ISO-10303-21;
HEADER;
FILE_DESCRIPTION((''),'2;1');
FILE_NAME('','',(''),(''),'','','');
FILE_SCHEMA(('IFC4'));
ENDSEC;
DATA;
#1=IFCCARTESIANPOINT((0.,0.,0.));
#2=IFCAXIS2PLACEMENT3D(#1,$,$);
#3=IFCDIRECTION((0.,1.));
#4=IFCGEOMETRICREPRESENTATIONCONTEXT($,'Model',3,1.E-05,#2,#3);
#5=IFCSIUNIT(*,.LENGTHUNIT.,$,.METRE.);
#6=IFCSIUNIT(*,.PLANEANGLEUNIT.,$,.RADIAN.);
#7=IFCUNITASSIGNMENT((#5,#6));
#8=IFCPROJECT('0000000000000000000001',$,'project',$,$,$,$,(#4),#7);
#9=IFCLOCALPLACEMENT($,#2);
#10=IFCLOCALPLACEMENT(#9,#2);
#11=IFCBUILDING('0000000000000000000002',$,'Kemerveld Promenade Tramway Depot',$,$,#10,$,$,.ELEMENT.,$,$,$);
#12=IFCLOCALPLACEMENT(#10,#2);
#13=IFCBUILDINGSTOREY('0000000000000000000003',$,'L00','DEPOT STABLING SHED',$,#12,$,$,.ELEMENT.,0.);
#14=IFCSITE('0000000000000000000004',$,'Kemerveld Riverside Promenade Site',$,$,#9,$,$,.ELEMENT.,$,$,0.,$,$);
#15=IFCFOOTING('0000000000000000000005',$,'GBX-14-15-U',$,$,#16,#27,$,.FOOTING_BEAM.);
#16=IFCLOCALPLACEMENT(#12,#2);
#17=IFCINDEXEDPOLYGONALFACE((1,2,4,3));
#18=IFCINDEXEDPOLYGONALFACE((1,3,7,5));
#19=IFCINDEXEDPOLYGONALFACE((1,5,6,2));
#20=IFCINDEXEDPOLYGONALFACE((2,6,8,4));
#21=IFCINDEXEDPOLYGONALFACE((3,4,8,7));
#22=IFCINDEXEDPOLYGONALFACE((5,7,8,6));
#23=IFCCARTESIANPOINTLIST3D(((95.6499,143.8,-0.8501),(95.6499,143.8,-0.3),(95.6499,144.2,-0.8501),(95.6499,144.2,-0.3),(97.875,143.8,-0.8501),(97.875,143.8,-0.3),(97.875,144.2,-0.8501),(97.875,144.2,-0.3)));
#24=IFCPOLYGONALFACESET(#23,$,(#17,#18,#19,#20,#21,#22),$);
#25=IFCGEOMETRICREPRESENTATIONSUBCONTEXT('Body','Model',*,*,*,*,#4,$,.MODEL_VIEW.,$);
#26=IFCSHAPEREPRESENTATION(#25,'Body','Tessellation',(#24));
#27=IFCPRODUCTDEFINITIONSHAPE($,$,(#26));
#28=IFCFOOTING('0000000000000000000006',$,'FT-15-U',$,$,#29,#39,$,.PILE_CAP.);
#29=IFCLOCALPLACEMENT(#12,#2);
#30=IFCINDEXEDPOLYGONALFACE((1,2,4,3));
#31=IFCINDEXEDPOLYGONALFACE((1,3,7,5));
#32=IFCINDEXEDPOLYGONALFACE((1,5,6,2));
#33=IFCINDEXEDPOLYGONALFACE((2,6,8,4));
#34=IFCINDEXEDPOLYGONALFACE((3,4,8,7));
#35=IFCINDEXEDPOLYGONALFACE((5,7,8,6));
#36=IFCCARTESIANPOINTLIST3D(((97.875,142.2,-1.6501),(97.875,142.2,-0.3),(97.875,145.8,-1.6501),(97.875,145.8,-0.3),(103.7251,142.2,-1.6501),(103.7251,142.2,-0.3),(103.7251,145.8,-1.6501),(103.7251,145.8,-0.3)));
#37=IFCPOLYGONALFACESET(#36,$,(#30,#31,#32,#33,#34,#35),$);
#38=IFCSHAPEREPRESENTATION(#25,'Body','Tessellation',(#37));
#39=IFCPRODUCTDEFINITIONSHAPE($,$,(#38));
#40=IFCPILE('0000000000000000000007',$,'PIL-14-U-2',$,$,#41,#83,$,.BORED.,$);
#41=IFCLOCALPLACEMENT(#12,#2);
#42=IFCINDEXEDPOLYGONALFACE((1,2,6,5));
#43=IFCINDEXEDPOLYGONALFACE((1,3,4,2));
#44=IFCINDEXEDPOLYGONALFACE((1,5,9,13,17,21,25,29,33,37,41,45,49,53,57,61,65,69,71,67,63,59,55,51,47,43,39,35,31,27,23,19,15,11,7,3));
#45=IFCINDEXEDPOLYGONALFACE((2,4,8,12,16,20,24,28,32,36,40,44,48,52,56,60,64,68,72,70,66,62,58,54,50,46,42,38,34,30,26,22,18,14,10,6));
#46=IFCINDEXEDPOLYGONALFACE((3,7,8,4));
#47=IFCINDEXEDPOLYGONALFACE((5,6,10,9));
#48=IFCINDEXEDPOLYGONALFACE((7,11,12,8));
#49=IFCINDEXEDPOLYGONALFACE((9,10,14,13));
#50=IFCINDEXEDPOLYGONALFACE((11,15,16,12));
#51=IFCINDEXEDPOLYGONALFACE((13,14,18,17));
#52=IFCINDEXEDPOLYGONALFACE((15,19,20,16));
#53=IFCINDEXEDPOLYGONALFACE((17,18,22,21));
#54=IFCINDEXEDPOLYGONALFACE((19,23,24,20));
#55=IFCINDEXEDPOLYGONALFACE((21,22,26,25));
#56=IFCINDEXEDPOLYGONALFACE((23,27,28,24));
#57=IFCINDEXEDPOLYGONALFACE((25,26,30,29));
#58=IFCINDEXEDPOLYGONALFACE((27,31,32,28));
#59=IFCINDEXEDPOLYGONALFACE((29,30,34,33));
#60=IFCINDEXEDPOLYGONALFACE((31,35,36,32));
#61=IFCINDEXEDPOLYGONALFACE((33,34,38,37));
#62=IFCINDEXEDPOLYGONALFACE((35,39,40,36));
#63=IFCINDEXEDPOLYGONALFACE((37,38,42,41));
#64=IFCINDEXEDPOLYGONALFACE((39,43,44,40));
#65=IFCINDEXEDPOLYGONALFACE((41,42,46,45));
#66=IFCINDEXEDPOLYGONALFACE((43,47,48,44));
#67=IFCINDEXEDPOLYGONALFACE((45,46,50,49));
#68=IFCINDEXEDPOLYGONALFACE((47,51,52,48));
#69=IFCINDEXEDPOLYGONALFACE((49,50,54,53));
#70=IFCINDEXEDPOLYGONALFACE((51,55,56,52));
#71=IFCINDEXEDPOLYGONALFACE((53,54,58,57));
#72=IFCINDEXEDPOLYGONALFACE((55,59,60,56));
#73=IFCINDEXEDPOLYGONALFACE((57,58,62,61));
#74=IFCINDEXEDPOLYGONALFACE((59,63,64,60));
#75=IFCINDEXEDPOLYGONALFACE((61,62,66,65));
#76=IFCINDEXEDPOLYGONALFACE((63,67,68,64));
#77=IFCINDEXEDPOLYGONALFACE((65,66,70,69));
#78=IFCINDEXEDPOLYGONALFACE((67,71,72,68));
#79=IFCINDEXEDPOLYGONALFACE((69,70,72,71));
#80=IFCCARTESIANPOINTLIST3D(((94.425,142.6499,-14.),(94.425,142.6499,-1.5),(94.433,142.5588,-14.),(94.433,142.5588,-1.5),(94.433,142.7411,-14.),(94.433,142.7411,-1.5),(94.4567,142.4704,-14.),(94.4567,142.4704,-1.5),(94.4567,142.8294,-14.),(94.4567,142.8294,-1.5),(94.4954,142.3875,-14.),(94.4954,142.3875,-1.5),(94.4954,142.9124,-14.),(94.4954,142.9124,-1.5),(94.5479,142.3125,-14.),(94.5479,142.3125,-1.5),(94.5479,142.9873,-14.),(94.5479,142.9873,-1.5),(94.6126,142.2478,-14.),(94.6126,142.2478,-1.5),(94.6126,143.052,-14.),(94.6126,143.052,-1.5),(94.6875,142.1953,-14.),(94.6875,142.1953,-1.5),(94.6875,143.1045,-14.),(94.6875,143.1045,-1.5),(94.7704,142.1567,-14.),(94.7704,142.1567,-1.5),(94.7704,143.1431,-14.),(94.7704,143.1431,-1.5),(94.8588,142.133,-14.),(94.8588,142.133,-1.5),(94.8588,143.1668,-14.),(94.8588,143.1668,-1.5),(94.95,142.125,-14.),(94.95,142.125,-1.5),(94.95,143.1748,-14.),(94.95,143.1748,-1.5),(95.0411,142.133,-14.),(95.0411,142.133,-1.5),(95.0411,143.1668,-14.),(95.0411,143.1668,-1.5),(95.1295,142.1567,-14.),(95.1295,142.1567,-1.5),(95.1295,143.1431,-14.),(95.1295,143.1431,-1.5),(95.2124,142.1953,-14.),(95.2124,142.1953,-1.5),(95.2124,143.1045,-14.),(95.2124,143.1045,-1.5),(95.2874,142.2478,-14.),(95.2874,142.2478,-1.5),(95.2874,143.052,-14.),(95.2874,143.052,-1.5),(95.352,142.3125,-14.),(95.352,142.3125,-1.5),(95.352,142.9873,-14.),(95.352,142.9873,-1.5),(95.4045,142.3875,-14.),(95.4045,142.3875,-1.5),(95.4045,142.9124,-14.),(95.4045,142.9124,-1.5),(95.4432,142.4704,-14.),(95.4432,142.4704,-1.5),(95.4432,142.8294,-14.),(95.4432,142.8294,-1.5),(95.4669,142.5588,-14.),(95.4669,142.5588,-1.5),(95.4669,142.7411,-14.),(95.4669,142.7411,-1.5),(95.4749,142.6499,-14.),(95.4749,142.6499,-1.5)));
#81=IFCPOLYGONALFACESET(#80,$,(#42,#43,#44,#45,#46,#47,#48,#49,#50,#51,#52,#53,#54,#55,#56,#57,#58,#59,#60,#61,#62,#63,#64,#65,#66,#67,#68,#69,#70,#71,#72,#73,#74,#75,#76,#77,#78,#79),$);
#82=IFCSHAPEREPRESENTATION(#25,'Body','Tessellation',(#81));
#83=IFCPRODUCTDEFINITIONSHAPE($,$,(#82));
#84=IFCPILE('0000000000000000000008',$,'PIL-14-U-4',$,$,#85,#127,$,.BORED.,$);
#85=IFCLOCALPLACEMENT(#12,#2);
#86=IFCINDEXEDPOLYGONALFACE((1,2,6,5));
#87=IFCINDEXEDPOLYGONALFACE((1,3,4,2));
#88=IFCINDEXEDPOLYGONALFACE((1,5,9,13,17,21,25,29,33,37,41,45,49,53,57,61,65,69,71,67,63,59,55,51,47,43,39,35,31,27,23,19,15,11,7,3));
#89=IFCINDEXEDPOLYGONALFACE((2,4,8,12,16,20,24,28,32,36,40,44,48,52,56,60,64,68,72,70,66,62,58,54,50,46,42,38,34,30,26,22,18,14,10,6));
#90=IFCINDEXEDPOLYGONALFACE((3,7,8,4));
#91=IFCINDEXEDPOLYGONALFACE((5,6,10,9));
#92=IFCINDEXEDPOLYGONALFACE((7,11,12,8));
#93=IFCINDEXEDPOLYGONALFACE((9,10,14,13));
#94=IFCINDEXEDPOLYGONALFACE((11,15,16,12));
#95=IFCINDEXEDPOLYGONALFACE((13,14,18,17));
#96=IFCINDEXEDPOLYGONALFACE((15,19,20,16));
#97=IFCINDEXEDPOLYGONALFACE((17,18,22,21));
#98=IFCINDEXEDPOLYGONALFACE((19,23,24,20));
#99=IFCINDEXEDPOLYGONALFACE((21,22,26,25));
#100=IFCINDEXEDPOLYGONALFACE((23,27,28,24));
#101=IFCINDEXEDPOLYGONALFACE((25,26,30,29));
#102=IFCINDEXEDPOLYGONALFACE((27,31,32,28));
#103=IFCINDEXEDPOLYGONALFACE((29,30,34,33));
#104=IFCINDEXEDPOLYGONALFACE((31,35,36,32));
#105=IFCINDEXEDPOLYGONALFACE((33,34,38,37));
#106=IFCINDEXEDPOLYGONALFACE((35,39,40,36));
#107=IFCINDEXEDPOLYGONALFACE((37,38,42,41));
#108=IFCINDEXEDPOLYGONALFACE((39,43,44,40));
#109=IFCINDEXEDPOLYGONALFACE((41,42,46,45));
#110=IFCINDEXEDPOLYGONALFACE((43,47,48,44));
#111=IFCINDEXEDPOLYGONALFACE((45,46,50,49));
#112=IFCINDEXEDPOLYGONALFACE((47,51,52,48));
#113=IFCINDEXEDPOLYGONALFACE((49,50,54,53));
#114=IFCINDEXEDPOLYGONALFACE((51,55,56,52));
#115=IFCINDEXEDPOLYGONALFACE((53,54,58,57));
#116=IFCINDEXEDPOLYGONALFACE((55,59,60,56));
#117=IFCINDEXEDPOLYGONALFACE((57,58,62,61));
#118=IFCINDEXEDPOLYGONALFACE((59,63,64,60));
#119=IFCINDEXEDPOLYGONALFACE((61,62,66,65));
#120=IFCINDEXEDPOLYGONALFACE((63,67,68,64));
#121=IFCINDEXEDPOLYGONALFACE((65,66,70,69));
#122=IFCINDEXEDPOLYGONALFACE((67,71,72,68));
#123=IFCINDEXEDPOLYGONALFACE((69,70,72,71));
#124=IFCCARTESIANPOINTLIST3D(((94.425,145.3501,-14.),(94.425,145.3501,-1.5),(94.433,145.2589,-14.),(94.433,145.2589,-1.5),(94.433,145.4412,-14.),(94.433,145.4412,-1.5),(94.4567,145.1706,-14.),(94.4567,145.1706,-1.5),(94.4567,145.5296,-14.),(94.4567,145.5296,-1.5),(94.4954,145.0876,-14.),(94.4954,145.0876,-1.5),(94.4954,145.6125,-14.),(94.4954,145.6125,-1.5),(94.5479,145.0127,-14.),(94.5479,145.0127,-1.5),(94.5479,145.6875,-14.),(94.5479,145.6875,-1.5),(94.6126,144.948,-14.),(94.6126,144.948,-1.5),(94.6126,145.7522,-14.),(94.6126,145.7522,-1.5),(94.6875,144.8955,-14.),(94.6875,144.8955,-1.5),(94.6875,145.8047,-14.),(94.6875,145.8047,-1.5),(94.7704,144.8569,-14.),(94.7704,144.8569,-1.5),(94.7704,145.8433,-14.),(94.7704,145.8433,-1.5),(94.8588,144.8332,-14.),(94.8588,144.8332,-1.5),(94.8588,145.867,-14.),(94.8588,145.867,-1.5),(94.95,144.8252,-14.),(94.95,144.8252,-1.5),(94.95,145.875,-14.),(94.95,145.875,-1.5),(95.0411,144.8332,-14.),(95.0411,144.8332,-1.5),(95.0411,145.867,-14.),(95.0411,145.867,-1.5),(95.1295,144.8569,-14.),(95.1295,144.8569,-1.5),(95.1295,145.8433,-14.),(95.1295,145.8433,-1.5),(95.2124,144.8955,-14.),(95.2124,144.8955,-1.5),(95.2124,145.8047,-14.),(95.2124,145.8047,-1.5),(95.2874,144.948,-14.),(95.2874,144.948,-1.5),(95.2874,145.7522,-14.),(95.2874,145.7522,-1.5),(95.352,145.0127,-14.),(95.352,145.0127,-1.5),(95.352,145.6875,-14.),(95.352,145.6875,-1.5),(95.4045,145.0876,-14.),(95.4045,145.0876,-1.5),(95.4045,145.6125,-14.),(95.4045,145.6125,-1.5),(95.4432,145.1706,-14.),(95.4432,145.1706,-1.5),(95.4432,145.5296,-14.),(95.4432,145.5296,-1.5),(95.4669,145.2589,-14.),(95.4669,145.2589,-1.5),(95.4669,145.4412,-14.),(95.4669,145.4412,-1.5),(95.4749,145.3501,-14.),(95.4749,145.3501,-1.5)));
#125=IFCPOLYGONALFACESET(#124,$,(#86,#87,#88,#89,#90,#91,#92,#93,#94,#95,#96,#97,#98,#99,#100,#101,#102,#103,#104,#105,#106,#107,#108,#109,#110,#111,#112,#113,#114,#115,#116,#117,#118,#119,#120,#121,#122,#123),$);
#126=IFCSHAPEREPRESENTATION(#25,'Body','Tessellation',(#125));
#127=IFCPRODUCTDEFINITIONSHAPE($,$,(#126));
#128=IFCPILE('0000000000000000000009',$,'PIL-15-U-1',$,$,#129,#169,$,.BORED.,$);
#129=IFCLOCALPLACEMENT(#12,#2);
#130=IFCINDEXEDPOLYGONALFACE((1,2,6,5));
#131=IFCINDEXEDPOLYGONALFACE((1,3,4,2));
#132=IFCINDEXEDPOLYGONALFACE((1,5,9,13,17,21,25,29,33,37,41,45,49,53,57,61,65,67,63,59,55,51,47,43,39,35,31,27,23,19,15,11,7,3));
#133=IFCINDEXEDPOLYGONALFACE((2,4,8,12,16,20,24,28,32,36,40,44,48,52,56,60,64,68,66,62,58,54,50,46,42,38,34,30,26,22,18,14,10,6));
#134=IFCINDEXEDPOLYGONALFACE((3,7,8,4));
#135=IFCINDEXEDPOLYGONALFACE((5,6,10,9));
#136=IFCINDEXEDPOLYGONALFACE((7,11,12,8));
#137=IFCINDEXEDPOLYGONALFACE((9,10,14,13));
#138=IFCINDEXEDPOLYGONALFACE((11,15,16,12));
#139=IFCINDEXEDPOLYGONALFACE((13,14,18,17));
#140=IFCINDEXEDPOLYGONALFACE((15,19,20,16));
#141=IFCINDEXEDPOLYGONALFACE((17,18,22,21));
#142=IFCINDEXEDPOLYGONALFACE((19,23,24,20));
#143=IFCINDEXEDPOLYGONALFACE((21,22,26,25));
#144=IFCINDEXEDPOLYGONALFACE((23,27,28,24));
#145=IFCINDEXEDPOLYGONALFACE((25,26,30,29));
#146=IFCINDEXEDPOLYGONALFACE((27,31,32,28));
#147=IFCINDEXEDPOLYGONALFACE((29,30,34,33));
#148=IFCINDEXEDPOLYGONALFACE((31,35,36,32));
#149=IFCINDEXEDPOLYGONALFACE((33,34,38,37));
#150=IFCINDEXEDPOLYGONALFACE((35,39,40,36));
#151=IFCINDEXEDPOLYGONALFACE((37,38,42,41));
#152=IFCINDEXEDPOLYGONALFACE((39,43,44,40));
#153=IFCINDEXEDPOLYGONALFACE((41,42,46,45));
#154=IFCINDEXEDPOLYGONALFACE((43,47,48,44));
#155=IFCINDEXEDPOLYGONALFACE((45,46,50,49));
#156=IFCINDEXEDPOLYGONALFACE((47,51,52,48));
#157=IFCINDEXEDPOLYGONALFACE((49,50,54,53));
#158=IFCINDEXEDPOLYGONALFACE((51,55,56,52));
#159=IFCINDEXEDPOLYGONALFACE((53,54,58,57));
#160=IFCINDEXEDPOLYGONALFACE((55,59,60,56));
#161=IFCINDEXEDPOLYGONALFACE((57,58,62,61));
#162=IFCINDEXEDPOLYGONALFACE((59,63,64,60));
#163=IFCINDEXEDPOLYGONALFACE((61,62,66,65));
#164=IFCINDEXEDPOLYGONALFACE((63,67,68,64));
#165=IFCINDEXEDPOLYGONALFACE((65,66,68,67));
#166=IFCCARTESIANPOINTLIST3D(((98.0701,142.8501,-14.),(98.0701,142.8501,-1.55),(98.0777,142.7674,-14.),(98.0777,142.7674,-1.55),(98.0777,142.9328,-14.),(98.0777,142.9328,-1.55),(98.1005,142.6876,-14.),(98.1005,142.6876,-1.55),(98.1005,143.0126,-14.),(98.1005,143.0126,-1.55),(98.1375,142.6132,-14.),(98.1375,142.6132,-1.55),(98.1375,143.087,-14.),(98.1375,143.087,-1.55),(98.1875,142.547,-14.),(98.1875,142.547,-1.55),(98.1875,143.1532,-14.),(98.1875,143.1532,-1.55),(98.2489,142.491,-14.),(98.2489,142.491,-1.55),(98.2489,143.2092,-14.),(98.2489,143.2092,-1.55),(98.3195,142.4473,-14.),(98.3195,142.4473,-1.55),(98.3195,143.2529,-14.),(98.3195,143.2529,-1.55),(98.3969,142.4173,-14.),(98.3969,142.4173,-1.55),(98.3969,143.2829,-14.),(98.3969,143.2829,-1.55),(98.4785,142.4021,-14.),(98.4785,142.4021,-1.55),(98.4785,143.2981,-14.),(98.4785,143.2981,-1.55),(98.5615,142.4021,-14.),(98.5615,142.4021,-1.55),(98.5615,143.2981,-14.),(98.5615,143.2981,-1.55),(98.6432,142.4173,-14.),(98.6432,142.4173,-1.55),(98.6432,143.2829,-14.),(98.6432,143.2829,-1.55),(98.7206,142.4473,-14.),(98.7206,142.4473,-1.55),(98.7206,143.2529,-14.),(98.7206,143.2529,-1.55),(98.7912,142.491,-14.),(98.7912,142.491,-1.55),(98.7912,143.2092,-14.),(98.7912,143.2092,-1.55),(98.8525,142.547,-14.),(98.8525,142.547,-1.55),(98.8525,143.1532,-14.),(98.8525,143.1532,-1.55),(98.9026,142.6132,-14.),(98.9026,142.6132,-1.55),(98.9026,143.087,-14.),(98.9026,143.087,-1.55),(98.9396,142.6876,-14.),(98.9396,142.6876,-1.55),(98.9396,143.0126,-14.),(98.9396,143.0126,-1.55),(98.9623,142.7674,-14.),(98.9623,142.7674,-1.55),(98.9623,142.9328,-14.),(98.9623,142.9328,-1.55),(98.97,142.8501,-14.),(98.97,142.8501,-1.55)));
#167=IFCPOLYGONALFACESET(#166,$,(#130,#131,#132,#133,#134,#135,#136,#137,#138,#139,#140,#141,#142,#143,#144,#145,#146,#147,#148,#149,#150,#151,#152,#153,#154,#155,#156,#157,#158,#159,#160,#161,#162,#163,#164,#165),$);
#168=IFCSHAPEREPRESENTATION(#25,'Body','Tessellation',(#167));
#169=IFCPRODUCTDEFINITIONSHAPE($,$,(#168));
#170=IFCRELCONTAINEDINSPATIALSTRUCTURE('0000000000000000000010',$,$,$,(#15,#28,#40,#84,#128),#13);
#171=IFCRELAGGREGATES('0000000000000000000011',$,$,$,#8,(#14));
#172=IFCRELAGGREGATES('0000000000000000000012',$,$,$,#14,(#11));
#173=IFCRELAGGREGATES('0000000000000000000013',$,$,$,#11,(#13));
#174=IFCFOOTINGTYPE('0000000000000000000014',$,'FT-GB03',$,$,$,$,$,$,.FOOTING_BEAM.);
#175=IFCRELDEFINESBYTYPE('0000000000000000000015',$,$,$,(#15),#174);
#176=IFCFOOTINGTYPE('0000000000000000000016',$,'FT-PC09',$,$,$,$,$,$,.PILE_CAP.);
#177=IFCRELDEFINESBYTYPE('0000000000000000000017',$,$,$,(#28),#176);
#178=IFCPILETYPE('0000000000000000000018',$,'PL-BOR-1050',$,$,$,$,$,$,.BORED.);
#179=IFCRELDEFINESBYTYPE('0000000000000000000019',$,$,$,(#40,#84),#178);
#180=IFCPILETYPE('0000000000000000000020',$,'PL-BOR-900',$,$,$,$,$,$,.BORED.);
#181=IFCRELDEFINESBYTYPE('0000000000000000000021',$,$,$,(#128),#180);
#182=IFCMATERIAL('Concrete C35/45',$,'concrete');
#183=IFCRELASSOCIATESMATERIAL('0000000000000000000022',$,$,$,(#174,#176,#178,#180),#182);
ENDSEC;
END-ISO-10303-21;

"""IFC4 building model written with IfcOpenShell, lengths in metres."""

from ifc_helpers import new_model, si_unit, direction, frame, origin, origin_2d, place, context, subcontext, project, spatial, rectangle, circle, extrude, material, material_profile, profile_set, type_object, element, save


model = new_model("IFC4")

# Units and contexts
model_context = context("Model", 3, precision=1e-05, world=origin(), true_north=direction((0.0, 1.0)))
body_context = subcontext(model_context, "Body", "Model", "MODEL_VIEW")
ifc_project = project(units=[si_unit("LENGTHUNIT", "METRE"), si_unit("PLANEANGLEUNIT", "RADIAN")], contexts=[model_context])

# Site, building, storey
site_placement = place(None, origin())
site = spatial("IfcSite", under=ifc_project, at=site_placement, Name="Kemerveld Riverside Promenade Site", CompositionType="ELEMENT", RefElevation=0.0)
building_placement = place(site_placement, origin())
building = spatial("IfcBuilding", under=site, at=building_placement, Name="Kemerveld Promenade Tramway Depot", CompositionType="ELEMENT")
storey_placement = place(building_placement, origin())
storey = spatial("IfcBuildingStorey", under=building, at=storey_placement, Name="L00", Description="DEPOT STABLING SHED", CompositionType="ELEMENT", Elevation=0.0)

# Footings
ifc_material_1 = material(Name="Concrete C35/45", Category="concrete")
footing_type_1 = type_object("IfcFootingType", Name="FT-GB03", PredefinedType="FOOTING_BEAM", material=ifc_material_1)
footing_1_placement = place(storey_placement, frame((96.7625, 144.0, -0.8501), z_axis=(0.0, 0.0, 1.0), x_axis=(1.0, 0.0, 0.0)))
element("IfcFooting", 1, at=footing_1_placement, inside=storey, type_object=footing_type_1, Name="GBX-14-15-U", PredefinedType="FOOTING_BEAM", context=body_context, shape_type="SweptSolid", body=[
    extrude(rectangle(XDim=2.2251, YDim=0.3999, at=origin_2d()), origin(), (0.0, 0.0, 1.0), 0.55),
])
footing_type_2 = type_object("IfcFootingType", Name="FT-PC09", PredefinedType="PILE_CAP", material=ifc_material_1)
footing_2_placement = place(storey_placement, frame((100.8, 144.0, -1.6501), z_axis=(0.0, 0.0, 1.0), x_axis=(1.0, 0.0, 0.0)))
element("IfcFooting", 2, at=footing_2_placement, inside=storey, type_object=footing_type_2, Name="FT-15-U", PredefinedType="PILE_CAP", context=body_context, shape_type="SweptSolid", body=[
    extrude(rectangle(XDim=5.8501, YDim=3.6001, at=origin_2d()), origin(), (0.0, 0.0, 1.0), 1.3501),
])

# Piles
ifc_material_profile_1 = material_profile(ifc_material_1, circle(Radius=0.5249, at=origin_2d()), Name="PILE-D1050")
ifc_profile_set_1 = profile_set([ifc_material_profile_1], Name="Concrete C35/45")
pile_type_1 = type_object("IfcPileType", Name="PL-BOR-1050", PredefinedType="BORED", material=ifc_profile_set_1)
for number, where, z_axis, x_axis, name in (
    (3, (94.95, 142.6499, -1.5), (0.0, 0.0, -1.0), (1.0, 0.0, 0.0), "PIL-14-U-2"),
    (4, (94.95, 145.3501, -1.5), (0.0, 0.0, -1.0), (1.0, 0.0, 0.0), "PIL-14-U-4"),
):
    element("IfcPile", number, at=place(storey_placement, frame(where, z_axis=z_axis, x_axis=x_axis)), inside=storey, type_object=pile_type_1, Name=name, PredefinedType="BORED", context=body_context, shape_type="SweptSolid", body=[
        extrude(circle(Radius=0.5249, at=origin_2d()), origin(), (0.0, 0.0, 1.0), 12.5),
    ])
ifc_material_profile_2 = material_profile(ifc_material_1, circle(Radius=0.45, at=origin_2d()), Name="PILE-D900")
ifc_profile_set_2 = profile_set([ifc_material_profile_2], Name="Concrete C35/45")
pile_type_2 = type_object("IfcPileType", Name="PL-BOR-900", PredefinedType="BORED", material=ifc_profile_set_2)
for number, where, z_axis, x_axis, name in (
    (5, (98.52, 142.8501, -1.55), (0.0, 0.0, -1.0), (1.0, 0.0, 0.0), "PIL-15-U-1"),
):
    element("IfcPile", number, at=place(storey_placement, frame(where, z_axis=z_axis, x_axis=x_axis)), inside=storey, type_object=pile_type_2, Name=name, PredefinedType="BORED", context=body_context, shape_type="SweptSolid", body=[
        extrude(circle(Radius=0.45, at=origin_2d()), origin(), (0.0, 0.0, 1.0), 12.45),
    ])

save(model, "model.ifc")
